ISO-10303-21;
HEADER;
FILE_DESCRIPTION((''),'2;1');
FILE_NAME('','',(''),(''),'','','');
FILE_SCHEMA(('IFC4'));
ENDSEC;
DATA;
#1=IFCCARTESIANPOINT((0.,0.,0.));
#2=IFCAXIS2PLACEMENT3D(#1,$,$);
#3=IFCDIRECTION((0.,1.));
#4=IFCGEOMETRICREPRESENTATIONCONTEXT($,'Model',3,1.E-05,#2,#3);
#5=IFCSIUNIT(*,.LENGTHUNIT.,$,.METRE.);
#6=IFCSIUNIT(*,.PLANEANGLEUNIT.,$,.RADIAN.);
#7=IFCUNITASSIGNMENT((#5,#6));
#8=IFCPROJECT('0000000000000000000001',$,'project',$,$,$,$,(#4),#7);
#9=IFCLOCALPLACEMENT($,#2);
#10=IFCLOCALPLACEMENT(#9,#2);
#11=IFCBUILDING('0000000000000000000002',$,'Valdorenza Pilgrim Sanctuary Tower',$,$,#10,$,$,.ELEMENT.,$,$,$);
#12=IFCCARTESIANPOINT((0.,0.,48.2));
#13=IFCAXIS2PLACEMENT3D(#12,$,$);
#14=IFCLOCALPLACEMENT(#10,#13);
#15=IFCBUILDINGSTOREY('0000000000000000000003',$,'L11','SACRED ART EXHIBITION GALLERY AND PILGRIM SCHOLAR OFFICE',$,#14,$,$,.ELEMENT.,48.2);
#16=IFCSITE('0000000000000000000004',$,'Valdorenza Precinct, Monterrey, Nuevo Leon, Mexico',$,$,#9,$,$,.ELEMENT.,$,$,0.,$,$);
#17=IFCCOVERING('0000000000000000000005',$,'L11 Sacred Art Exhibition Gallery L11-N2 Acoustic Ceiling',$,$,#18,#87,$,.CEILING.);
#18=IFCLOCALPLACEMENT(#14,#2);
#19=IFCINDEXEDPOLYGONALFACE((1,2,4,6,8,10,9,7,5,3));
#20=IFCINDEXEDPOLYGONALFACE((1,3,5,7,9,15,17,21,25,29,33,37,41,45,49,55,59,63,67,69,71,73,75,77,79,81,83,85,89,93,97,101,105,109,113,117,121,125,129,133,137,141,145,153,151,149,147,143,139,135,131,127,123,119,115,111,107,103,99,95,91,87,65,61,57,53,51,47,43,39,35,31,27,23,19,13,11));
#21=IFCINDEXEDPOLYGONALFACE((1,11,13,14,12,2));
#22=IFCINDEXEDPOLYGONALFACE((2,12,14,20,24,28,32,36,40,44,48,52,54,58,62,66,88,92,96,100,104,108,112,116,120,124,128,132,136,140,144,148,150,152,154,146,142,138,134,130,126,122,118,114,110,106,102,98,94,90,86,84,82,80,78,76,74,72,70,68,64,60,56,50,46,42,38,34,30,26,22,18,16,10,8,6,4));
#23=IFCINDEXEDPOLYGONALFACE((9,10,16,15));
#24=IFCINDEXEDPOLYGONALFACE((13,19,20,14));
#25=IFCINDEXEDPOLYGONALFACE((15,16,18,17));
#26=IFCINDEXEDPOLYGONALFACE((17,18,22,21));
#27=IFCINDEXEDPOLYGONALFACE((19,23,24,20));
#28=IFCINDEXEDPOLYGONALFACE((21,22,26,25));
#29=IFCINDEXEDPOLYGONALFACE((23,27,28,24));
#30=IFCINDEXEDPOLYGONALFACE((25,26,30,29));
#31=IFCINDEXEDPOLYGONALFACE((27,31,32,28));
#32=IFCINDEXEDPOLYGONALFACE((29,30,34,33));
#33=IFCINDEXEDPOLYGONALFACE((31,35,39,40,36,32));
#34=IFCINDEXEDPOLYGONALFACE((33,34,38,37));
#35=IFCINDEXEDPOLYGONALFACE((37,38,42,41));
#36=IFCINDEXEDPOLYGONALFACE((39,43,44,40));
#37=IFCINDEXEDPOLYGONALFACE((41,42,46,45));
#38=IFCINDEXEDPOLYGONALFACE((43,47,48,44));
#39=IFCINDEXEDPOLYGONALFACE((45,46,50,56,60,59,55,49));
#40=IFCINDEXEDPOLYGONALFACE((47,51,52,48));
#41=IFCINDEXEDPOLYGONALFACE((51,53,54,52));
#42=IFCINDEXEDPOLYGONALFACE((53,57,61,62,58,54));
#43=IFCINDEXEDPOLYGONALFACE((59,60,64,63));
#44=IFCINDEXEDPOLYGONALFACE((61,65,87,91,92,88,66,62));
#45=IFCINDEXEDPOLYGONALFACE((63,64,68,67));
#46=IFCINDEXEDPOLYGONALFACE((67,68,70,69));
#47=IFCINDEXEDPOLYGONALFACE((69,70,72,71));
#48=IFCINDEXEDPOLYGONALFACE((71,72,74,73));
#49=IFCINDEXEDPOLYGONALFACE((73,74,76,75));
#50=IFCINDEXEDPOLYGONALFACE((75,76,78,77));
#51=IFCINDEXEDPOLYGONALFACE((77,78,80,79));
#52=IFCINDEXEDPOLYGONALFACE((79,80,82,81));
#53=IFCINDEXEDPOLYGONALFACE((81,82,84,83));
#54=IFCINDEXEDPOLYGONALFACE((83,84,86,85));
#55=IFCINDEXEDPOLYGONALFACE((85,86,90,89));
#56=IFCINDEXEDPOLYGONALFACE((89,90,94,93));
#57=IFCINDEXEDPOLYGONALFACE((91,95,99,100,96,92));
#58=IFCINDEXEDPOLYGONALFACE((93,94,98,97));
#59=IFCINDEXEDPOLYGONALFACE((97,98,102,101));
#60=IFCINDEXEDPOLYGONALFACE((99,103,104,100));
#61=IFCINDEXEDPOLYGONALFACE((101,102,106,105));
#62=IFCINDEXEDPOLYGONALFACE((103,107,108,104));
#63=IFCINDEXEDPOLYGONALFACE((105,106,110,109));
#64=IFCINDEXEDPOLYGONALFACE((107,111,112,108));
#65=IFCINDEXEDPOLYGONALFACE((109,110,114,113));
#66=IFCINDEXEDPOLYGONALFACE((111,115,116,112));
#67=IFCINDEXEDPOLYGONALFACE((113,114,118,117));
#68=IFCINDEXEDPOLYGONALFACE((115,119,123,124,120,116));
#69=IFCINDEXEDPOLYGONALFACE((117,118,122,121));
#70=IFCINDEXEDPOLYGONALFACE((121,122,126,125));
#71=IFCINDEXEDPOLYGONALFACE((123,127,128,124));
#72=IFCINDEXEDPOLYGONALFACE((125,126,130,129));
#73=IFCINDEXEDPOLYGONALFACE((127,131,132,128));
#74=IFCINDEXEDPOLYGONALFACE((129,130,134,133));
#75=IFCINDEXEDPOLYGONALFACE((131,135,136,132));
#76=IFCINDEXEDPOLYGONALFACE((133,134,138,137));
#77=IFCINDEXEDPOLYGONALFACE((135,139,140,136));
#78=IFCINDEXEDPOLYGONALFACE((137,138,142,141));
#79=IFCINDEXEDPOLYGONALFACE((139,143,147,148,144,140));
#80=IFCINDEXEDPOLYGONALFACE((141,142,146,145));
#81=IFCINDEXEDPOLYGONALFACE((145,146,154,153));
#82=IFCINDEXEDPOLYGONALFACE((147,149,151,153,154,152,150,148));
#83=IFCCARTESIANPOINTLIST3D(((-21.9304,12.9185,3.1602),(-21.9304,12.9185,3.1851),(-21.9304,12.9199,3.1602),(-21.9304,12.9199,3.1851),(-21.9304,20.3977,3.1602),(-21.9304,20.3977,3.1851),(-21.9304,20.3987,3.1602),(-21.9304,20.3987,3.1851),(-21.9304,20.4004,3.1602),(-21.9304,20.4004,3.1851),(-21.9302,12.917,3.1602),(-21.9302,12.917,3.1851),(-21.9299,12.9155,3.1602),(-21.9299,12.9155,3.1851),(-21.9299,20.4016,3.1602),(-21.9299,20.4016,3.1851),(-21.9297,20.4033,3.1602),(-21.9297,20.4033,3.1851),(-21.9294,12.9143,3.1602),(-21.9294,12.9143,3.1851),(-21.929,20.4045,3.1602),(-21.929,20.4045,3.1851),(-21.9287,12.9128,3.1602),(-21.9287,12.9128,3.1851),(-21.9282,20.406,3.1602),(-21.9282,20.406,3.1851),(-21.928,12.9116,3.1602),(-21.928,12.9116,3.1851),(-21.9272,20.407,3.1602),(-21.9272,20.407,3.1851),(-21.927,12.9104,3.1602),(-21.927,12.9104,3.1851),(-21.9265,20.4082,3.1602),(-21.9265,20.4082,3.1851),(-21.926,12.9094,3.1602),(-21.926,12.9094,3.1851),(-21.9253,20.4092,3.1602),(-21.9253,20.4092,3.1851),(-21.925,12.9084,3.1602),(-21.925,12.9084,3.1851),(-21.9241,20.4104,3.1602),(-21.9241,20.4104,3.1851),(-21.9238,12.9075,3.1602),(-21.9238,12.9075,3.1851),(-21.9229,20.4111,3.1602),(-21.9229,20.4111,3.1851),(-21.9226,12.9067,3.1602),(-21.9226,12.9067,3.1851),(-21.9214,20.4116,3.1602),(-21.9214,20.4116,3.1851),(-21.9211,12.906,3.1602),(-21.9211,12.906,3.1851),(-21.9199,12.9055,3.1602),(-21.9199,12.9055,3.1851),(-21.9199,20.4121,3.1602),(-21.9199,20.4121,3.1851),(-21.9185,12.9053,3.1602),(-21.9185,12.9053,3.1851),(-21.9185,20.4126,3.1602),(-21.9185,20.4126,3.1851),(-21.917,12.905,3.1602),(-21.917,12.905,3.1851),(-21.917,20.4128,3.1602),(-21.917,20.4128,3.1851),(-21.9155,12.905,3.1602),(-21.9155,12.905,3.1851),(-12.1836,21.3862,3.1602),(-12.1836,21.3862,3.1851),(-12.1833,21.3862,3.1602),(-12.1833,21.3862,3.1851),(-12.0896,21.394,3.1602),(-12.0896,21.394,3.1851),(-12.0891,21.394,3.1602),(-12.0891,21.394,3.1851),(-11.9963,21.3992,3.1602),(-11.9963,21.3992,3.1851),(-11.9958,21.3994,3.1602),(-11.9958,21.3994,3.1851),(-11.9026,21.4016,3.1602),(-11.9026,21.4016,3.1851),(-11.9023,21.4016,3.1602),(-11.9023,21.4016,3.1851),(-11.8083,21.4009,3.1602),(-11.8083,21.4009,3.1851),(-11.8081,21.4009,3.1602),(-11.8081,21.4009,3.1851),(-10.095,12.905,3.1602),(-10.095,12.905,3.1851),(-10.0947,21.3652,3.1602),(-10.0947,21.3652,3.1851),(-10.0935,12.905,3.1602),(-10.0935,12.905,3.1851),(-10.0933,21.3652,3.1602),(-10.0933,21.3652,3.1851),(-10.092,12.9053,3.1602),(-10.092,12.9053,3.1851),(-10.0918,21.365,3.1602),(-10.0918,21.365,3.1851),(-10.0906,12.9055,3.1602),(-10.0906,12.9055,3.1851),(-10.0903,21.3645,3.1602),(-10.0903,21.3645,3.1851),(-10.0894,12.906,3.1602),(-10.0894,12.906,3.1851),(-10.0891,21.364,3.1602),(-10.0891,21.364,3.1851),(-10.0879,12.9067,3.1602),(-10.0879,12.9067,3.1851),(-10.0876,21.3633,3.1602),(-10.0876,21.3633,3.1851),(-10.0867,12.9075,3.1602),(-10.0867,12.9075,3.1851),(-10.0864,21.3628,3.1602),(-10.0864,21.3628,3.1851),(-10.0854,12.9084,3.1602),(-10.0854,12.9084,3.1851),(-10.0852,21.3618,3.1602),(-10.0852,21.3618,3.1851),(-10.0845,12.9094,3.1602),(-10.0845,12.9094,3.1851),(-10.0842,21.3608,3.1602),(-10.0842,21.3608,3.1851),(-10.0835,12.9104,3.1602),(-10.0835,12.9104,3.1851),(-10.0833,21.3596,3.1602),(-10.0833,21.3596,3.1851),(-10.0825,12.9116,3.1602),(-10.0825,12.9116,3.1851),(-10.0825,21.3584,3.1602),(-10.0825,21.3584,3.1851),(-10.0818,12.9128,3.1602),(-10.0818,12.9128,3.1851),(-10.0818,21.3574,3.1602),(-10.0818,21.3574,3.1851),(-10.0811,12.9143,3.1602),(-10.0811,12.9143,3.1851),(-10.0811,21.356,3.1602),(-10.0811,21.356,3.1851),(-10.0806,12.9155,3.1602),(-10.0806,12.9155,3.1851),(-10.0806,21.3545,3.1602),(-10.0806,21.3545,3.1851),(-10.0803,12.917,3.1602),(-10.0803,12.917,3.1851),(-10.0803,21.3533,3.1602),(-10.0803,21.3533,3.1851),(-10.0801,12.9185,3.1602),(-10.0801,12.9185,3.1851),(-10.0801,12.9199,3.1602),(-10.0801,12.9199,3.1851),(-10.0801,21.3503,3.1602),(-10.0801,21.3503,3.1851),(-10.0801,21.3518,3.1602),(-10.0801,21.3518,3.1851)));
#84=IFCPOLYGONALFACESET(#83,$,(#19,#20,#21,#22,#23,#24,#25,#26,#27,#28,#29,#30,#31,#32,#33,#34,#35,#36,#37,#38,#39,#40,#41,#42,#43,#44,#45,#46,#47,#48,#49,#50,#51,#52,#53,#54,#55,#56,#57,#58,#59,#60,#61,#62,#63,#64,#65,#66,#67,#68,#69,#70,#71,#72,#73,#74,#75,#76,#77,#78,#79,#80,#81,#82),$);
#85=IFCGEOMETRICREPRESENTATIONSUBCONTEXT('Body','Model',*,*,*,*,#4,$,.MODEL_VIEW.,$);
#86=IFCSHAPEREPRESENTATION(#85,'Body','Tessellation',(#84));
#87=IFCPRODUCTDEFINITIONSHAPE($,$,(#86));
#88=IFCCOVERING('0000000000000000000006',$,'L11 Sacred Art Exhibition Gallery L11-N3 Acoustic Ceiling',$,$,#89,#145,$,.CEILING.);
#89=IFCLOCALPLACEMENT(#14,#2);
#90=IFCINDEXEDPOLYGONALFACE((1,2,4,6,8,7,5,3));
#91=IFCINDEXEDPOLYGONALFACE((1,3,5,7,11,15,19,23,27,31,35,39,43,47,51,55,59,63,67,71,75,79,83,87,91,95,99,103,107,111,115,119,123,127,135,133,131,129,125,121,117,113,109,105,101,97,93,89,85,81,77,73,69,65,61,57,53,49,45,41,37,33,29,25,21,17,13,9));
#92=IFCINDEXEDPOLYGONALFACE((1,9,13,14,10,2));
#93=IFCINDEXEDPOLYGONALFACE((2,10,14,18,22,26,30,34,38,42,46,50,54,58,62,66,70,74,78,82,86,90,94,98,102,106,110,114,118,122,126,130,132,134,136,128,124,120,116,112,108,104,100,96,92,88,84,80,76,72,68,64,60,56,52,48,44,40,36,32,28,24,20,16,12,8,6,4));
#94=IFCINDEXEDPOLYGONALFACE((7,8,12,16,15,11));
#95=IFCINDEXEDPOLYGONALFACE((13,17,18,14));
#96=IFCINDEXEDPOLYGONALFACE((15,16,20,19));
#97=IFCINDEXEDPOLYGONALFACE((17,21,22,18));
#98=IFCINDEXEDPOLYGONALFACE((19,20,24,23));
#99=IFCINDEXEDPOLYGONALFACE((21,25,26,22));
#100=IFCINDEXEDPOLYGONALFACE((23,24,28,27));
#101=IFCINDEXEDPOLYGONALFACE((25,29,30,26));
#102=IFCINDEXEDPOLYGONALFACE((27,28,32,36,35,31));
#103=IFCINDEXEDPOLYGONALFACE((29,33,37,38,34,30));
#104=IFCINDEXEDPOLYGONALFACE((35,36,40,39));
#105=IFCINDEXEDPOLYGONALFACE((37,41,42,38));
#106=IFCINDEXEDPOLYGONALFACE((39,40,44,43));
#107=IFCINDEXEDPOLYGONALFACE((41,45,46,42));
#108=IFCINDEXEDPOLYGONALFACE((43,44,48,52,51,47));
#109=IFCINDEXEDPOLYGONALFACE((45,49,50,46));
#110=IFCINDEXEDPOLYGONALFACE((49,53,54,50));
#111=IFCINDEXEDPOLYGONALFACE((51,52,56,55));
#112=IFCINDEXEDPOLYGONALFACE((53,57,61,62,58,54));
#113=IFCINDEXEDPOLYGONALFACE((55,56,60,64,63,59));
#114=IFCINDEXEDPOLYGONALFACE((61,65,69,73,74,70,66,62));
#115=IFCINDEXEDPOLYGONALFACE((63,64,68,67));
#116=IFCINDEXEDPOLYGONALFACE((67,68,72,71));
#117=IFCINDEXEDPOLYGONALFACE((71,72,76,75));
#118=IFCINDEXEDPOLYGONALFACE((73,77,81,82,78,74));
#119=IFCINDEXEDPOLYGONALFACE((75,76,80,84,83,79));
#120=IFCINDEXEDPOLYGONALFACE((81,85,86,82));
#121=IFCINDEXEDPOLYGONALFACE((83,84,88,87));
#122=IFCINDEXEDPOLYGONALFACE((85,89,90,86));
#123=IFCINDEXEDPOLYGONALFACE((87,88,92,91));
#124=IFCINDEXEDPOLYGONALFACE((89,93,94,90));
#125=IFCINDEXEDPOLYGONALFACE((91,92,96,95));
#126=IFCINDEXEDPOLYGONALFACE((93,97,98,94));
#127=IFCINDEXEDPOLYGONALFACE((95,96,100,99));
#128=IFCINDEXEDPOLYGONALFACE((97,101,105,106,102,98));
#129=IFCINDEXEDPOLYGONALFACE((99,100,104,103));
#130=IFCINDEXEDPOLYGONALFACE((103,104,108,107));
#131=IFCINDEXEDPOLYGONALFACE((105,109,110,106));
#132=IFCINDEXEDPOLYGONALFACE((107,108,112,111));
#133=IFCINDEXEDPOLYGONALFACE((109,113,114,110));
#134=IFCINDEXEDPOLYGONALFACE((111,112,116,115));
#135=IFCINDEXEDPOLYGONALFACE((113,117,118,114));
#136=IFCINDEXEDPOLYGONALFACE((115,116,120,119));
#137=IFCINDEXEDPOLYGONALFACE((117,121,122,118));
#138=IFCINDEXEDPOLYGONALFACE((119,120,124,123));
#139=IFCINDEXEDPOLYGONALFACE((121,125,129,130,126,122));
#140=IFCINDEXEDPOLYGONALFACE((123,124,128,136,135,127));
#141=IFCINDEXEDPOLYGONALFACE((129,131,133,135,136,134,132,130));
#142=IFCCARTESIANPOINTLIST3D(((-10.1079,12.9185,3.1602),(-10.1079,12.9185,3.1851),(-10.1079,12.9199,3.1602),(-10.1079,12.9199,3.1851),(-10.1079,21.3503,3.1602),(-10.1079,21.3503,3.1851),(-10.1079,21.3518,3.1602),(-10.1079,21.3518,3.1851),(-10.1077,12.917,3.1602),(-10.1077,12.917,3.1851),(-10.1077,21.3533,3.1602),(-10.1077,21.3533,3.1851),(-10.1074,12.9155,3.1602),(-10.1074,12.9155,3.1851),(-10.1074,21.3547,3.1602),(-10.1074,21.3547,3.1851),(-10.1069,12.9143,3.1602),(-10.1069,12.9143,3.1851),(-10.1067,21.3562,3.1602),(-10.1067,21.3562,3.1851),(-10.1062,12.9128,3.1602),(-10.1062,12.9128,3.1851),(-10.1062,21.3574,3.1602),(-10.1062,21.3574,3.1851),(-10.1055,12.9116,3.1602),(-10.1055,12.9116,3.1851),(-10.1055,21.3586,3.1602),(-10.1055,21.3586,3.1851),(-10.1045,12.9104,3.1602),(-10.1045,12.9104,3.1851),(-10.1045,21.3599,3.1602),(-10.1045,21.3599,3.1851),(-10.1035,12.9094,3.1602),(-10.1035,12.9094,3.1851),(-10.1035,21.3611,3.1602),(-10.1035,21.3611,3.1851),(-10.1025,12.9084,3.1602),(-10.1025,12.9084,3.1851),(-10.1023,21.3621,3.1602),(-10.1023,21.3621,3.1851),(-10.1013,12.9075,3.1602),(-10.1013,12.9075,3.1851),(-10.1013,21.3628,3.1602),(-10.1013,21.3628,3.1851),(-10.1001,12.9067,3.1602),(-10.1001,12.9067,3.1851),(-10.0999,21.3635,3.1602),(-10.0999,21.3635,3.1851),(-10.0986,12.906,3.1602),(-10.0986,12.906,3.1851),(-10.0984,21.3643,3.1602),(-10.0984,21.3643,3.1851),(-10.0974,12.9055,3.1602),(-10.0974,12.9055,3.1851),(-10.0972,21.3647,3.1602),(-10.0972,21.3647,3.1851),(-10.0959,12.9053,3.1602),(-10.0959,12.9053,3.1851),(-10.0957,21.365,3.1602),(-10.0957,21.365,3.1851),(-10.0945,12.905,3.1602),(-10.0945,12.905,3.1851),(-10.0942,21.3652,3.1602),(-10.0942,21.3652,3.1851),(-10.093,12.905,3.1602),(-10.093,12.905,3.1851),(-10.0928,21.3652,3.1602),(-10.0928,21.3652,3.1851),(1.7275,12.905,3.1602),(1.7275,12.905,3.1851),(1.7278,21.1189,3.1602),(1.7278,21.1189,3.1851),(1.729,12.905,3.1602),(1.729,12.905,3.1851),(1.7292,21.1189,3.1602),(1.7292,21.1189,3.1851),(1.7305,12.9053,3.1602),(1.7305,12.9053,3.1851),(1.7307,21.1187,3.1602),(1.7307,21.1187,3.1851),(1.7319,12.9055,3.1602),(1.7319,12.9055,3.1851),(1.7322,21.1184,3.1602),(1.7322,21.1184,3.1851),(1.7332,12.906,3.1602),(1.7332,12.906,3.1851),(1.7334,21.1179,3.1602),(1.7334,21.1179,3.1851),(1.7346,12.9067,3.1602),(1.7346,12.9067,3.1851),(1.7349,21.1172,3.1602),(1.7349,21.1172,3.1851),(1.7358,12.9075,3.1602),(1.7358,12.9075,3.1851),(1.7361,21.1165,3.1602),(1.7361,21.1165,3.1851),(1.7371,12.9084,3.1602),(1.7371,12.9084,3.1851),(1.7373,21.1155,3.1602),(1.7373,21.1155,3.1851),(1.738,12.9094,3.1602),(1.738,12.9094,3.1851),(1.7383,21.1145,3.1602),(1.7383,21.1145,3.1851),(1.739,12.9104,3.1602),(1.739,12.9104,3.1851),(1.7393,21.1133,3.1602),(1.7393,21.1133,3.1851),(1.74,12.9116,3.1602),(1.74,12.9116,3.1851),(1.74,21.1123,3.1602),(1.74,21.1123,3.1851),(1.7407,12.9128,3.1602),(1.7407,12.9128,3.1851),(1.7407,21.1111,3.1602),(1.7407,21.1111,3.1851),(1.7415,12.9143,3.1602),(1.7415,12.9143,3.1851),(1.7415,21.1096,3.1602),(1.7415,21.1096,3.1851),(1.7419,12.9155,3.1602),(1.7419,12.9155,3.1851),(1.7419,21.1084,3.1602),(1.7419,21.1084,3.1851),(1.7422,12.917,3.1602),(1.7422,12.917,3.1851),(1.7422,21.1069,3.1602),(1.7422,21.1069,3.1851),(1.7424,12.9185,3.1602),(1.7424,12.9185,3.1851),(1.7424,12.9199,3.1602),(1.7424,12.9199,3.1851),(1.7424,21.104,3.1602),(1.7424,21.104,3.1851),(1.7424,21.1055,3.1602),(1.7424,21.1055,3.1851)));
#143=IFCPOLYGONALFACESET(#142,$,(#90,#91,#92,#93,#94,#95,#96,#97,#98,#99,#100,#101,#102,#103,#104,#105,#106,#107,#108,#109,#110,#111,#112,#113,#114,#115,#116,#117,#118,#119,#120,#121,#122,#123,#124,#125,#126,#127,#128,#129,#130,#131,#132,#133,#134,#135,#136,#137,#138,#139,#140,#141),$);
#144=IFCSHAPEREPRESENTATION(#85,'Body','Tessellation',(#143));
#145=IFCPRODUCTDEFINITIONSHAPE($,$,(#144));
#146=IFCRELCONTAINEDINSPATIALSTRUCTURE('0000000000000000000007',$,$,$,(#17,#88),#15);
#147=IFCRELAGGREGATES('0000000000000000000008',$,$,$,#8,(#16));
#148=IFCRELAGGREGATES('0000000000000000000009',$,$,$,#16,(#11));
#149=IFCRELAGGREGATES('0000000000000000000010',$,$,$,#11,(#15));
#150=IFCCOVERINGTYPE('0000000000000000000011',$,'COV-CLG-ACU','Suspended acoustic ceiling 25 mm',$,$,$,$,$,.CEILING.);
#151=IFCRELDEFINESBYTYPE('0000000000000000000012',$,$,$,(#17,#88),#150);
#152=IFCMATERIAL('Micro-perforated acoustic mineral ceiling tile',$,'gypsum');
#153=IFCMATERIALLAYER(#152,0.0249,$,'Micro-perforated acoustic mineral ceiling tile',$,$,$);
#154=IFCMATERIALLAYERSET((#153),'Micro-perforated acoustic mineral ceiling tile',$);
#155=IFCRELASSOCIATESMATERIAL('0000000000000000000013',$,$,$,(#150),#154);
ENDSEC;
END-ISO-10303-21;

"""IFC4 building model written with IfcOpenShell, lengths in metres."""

from ifc_helpers import new_model, si_unit, direction, frame, origin, place, context, subcontext, project, spatial, polyline, outline, extrude, material, layer, layer_set, type_object, element, save


model = new_model("IFC4")

# Units and contexts
model_context = context("Model", 3, precision=1e-05, world=origin(), true_north=direction((0.0, 1.0)))
body_context = subcontext(model_context, "Body", "Model", "MODEL_VIEW")
ifc_project = project(units=[si_unit("LENGTHUNIT", "METRE"), si_unit("PLANEANGLEUNIT", "RADIAN")], contexts=[model_context])

# Site, building, storey
site_placement = place(None, origin())
site = spatial("IfcSite", under=ifc_project, at=site_placement, Name="Valdorenza Precinct, Monterrey, Nuevo Leon, Mexico", CompositionType="ELEMENT", RefElevation=0.0)
building_placement = place(site_placement, origin())
building = spatial("IfcBuilding", under=site, at=building_placement, Name="Valdorenza Pilgrim Sanctuary Tower", CompositionType="ELEMENT")
storey_placement = place(building_placement, frame((0.0, 0.0, 48.2)))
storey = spatial("IfcBuildingStorey", under=building, at=storey_placement, Name="L11", Description="SACRED ART EXHIBITION GALLERY AND PILGRIM SCHOLAR OFFICE", CompositionType="ELEMENT", Elevation=48.2)

# Coverings
ifc_material_1 = material(Name="Micro-perforated acoustic mineral ceiling tile", Category="gypsum")
ifc_layer_1 = layer(ifc_material_1, 0.0249, Name="Micro-perforated acoustic mineral ceiling tile")
ifc_layer_set_1 = layer_set([ifc_layer_1], Name="Micro-perforated acoustic mineral ceiling tile")
covering_type_1 = type_object("IfcCoveringType", Name="COV-CLG-ACU", Description="Suspended acoustic ceiling 25 mm", PredefinedType="CEILING", material=ifc_layer_set_1)
covering_1_placement = place(storey_placement, frame((0.0, 0.0, 3.1602)))
element("IfcCovering", 1, at=covering_1_placement, inside=storey, type_object=covering_type_1, Name="L11 Sacred Art Exhibition Gallery L11-N2 Acoustic Ceiling", PredefinedType="CEILING", context=body_context, shape_type="SweptSolid", body=[
    extrude(outline(polyline([(-21.9304, 20.3977), (-21.9304, 20.3987), (-21.9304, 20.4004), (-21.9299, 20.4016), (-21.9297, 20.4033), (-21.929, 20.4045), (-21.9282, 20.406), (-21.9272, 20.407), (-21.9265, 20.4082), (-21.9253, 20.4092), (-21.9241, 20.4104), (-21.9229, 20.4111), (-21.9214, 20.4116), (-21.9199, 20.4121), (-21.9185, 20.4126), (-21.917, 20.4128), (-12.1836, 21.3862), (-12.1833, 21.3862), (-12.0896, 21.394), (-12.0891, 21.394), (-11.9963, 21.3992), (-11.9958, 21.3994), (-11.9026, 21.4016), (-11.9023, 21.4016), (-11.8083, 21.4009), (-11.8081, 21.4009), (-10.0947, 21.3652), (-10.0933, 21.3652), (-10.0918, 21.365), (-10.0903, 21.3645), (-10.0891, 21.364), (-10.0876, 21.3633), (-10.0864, 21.3628), (-10.0852, 21.3618), (-10.0842, 21.3608), (-10.0833, 21.3596), (-10.0825, 21.3584), (-10.0818, 21.3574), (-10.0811, 21.356), (-10.0806, 21.3545), (-10.0803, 21.3533), (-10.0801, 21.3518), (-10.0801, 21.3503), (-10.0801, 12.9199), (-10.0801, 12.9185), (-10.0803, 12.917), (-10.0806, 12.9155), (-10.0811, 12.9143), (-10.0818, 12.9128), (-10.0825, 12.9116), (-10.0835, 12.9104), (-10.0845, 12.9094), (-10.0854, 12.9084), (-10.0867, 12.9075), (-10.0879, 12.9067), (-10.0894, 12.906), (-10.0906, 12.9055), (-10.092, 12.9053), (-10.0935, 12.905), (-10.095, 12.905), (-21.9155, 12.905), (-21.917, 12.905), (-21.9185, 12.9053), (-21.9199, 12.9055), (-21.9211, 12.906), (-21.9226, 12.9067), (-21.9238, 12.9075), (-21.925, 12.9084), (-21.926, 12.9094), (-21.927, 12.9104), (-21.928, 12.9116), (-21.9287, 12.9128), (-21.9294, 12.9143), (-21.9299, 12.9155), (-21.9302, 12.917), (-21.9304, 12.9185), (-21.9304, 12.9199), (-21.9304, 20.3977), (-21.9304, 20.3977)])), origin(), (0.0, 0.0, 1.0), 0.0249),
])
covering_2_placement = place(storey_placement, frame((0.0, 0.0, 3.1602)))
element("IfcCovering", 2, at=covering_2_placement, inside=storey, type_object=covering_type_1, Name="L11 Sacred Art Exhibition Gallery L11-N3 Acoustic Ceiling", PredefinedType="CEILING", context=body_context, shape_type="SweptSolid", body=[
    extrude(outline(polyline([(-10.093, 12.905), (-10.0945, 12.905), (-10.0959, 12.9053), (-10.0974, 12.9055), (-10.0986, 12.906), (-10.1001, 12.9067), (-10.1013, 12.9075), (-10.1025, 12.9084), (-10.1035, 12.9094), (-10.1045, 12.9104), (-10.1055, 12.9116), (-10.1062, 12.9128), (-10.1069, 12.9143), (-10.1074, 12.9155), (-10.1077, 12.917), (-10.1079, 12.9185), (-10.1079, 12.9199), (-10.1079, 21.3503), (-10.1079, 21.3518), (-10.1077, 21.3533), (-10.1074, 21.3547), (-10.1067, 21.3562), (-10.1062, 21.3574), (-10.1055, 21.3586), (-10.1045, 21.3599), (-10.1035, 21.3611), (-10.1023, 21.3621), (-10.1013, 21.3628), (-10.0999, 21.3635), (-10.0984, 21.3643), (-10.0972, 21.3647), (-10.0957, 21.365), (-10.0942, 21.3652), (-10.0928, 21.3652), (1.7278, 21.1189), (1.7292, 21.1189), (1.7307, 21.1187), (1.7322, 21.1184), (1.7334, 21.1179), (1.7349, 21.1172), (1.7361, 21.1165), (1.7373, 21.1155), (1.7383, 21.1145), (1.7393, 21.1133), (1.74, 21.1123), (1.7407, 21.1111), (1.7415, 21.1096), (1.7419, 21.1084), (1.7422, 21.1069), (1.7424, 21.1055), (1.7424, 21.104), (1.7424, 12.9199), (1.7424, 12.9185), (1.7422, 12.917), (1.7419, 12.9155), (1.7415, 12.9143), (1.7407, 12.9128), (1.74, 12.9116), (1.739, 12.9104), (1.738, 12.9094), (1.7371, 12.9084), (1.7358, 12.9075), (1.7346, 12.9067), (1.7332, 12.906), (1.7319, 12.9055), (1.7305, 12.9053), (1.729, 12.905), (1.7275, 12.905), (-10.093, 12.905)])), origin(), (0.0, 0.0, 1.0), 0.0249),
])

save(model, "model.ifc")
